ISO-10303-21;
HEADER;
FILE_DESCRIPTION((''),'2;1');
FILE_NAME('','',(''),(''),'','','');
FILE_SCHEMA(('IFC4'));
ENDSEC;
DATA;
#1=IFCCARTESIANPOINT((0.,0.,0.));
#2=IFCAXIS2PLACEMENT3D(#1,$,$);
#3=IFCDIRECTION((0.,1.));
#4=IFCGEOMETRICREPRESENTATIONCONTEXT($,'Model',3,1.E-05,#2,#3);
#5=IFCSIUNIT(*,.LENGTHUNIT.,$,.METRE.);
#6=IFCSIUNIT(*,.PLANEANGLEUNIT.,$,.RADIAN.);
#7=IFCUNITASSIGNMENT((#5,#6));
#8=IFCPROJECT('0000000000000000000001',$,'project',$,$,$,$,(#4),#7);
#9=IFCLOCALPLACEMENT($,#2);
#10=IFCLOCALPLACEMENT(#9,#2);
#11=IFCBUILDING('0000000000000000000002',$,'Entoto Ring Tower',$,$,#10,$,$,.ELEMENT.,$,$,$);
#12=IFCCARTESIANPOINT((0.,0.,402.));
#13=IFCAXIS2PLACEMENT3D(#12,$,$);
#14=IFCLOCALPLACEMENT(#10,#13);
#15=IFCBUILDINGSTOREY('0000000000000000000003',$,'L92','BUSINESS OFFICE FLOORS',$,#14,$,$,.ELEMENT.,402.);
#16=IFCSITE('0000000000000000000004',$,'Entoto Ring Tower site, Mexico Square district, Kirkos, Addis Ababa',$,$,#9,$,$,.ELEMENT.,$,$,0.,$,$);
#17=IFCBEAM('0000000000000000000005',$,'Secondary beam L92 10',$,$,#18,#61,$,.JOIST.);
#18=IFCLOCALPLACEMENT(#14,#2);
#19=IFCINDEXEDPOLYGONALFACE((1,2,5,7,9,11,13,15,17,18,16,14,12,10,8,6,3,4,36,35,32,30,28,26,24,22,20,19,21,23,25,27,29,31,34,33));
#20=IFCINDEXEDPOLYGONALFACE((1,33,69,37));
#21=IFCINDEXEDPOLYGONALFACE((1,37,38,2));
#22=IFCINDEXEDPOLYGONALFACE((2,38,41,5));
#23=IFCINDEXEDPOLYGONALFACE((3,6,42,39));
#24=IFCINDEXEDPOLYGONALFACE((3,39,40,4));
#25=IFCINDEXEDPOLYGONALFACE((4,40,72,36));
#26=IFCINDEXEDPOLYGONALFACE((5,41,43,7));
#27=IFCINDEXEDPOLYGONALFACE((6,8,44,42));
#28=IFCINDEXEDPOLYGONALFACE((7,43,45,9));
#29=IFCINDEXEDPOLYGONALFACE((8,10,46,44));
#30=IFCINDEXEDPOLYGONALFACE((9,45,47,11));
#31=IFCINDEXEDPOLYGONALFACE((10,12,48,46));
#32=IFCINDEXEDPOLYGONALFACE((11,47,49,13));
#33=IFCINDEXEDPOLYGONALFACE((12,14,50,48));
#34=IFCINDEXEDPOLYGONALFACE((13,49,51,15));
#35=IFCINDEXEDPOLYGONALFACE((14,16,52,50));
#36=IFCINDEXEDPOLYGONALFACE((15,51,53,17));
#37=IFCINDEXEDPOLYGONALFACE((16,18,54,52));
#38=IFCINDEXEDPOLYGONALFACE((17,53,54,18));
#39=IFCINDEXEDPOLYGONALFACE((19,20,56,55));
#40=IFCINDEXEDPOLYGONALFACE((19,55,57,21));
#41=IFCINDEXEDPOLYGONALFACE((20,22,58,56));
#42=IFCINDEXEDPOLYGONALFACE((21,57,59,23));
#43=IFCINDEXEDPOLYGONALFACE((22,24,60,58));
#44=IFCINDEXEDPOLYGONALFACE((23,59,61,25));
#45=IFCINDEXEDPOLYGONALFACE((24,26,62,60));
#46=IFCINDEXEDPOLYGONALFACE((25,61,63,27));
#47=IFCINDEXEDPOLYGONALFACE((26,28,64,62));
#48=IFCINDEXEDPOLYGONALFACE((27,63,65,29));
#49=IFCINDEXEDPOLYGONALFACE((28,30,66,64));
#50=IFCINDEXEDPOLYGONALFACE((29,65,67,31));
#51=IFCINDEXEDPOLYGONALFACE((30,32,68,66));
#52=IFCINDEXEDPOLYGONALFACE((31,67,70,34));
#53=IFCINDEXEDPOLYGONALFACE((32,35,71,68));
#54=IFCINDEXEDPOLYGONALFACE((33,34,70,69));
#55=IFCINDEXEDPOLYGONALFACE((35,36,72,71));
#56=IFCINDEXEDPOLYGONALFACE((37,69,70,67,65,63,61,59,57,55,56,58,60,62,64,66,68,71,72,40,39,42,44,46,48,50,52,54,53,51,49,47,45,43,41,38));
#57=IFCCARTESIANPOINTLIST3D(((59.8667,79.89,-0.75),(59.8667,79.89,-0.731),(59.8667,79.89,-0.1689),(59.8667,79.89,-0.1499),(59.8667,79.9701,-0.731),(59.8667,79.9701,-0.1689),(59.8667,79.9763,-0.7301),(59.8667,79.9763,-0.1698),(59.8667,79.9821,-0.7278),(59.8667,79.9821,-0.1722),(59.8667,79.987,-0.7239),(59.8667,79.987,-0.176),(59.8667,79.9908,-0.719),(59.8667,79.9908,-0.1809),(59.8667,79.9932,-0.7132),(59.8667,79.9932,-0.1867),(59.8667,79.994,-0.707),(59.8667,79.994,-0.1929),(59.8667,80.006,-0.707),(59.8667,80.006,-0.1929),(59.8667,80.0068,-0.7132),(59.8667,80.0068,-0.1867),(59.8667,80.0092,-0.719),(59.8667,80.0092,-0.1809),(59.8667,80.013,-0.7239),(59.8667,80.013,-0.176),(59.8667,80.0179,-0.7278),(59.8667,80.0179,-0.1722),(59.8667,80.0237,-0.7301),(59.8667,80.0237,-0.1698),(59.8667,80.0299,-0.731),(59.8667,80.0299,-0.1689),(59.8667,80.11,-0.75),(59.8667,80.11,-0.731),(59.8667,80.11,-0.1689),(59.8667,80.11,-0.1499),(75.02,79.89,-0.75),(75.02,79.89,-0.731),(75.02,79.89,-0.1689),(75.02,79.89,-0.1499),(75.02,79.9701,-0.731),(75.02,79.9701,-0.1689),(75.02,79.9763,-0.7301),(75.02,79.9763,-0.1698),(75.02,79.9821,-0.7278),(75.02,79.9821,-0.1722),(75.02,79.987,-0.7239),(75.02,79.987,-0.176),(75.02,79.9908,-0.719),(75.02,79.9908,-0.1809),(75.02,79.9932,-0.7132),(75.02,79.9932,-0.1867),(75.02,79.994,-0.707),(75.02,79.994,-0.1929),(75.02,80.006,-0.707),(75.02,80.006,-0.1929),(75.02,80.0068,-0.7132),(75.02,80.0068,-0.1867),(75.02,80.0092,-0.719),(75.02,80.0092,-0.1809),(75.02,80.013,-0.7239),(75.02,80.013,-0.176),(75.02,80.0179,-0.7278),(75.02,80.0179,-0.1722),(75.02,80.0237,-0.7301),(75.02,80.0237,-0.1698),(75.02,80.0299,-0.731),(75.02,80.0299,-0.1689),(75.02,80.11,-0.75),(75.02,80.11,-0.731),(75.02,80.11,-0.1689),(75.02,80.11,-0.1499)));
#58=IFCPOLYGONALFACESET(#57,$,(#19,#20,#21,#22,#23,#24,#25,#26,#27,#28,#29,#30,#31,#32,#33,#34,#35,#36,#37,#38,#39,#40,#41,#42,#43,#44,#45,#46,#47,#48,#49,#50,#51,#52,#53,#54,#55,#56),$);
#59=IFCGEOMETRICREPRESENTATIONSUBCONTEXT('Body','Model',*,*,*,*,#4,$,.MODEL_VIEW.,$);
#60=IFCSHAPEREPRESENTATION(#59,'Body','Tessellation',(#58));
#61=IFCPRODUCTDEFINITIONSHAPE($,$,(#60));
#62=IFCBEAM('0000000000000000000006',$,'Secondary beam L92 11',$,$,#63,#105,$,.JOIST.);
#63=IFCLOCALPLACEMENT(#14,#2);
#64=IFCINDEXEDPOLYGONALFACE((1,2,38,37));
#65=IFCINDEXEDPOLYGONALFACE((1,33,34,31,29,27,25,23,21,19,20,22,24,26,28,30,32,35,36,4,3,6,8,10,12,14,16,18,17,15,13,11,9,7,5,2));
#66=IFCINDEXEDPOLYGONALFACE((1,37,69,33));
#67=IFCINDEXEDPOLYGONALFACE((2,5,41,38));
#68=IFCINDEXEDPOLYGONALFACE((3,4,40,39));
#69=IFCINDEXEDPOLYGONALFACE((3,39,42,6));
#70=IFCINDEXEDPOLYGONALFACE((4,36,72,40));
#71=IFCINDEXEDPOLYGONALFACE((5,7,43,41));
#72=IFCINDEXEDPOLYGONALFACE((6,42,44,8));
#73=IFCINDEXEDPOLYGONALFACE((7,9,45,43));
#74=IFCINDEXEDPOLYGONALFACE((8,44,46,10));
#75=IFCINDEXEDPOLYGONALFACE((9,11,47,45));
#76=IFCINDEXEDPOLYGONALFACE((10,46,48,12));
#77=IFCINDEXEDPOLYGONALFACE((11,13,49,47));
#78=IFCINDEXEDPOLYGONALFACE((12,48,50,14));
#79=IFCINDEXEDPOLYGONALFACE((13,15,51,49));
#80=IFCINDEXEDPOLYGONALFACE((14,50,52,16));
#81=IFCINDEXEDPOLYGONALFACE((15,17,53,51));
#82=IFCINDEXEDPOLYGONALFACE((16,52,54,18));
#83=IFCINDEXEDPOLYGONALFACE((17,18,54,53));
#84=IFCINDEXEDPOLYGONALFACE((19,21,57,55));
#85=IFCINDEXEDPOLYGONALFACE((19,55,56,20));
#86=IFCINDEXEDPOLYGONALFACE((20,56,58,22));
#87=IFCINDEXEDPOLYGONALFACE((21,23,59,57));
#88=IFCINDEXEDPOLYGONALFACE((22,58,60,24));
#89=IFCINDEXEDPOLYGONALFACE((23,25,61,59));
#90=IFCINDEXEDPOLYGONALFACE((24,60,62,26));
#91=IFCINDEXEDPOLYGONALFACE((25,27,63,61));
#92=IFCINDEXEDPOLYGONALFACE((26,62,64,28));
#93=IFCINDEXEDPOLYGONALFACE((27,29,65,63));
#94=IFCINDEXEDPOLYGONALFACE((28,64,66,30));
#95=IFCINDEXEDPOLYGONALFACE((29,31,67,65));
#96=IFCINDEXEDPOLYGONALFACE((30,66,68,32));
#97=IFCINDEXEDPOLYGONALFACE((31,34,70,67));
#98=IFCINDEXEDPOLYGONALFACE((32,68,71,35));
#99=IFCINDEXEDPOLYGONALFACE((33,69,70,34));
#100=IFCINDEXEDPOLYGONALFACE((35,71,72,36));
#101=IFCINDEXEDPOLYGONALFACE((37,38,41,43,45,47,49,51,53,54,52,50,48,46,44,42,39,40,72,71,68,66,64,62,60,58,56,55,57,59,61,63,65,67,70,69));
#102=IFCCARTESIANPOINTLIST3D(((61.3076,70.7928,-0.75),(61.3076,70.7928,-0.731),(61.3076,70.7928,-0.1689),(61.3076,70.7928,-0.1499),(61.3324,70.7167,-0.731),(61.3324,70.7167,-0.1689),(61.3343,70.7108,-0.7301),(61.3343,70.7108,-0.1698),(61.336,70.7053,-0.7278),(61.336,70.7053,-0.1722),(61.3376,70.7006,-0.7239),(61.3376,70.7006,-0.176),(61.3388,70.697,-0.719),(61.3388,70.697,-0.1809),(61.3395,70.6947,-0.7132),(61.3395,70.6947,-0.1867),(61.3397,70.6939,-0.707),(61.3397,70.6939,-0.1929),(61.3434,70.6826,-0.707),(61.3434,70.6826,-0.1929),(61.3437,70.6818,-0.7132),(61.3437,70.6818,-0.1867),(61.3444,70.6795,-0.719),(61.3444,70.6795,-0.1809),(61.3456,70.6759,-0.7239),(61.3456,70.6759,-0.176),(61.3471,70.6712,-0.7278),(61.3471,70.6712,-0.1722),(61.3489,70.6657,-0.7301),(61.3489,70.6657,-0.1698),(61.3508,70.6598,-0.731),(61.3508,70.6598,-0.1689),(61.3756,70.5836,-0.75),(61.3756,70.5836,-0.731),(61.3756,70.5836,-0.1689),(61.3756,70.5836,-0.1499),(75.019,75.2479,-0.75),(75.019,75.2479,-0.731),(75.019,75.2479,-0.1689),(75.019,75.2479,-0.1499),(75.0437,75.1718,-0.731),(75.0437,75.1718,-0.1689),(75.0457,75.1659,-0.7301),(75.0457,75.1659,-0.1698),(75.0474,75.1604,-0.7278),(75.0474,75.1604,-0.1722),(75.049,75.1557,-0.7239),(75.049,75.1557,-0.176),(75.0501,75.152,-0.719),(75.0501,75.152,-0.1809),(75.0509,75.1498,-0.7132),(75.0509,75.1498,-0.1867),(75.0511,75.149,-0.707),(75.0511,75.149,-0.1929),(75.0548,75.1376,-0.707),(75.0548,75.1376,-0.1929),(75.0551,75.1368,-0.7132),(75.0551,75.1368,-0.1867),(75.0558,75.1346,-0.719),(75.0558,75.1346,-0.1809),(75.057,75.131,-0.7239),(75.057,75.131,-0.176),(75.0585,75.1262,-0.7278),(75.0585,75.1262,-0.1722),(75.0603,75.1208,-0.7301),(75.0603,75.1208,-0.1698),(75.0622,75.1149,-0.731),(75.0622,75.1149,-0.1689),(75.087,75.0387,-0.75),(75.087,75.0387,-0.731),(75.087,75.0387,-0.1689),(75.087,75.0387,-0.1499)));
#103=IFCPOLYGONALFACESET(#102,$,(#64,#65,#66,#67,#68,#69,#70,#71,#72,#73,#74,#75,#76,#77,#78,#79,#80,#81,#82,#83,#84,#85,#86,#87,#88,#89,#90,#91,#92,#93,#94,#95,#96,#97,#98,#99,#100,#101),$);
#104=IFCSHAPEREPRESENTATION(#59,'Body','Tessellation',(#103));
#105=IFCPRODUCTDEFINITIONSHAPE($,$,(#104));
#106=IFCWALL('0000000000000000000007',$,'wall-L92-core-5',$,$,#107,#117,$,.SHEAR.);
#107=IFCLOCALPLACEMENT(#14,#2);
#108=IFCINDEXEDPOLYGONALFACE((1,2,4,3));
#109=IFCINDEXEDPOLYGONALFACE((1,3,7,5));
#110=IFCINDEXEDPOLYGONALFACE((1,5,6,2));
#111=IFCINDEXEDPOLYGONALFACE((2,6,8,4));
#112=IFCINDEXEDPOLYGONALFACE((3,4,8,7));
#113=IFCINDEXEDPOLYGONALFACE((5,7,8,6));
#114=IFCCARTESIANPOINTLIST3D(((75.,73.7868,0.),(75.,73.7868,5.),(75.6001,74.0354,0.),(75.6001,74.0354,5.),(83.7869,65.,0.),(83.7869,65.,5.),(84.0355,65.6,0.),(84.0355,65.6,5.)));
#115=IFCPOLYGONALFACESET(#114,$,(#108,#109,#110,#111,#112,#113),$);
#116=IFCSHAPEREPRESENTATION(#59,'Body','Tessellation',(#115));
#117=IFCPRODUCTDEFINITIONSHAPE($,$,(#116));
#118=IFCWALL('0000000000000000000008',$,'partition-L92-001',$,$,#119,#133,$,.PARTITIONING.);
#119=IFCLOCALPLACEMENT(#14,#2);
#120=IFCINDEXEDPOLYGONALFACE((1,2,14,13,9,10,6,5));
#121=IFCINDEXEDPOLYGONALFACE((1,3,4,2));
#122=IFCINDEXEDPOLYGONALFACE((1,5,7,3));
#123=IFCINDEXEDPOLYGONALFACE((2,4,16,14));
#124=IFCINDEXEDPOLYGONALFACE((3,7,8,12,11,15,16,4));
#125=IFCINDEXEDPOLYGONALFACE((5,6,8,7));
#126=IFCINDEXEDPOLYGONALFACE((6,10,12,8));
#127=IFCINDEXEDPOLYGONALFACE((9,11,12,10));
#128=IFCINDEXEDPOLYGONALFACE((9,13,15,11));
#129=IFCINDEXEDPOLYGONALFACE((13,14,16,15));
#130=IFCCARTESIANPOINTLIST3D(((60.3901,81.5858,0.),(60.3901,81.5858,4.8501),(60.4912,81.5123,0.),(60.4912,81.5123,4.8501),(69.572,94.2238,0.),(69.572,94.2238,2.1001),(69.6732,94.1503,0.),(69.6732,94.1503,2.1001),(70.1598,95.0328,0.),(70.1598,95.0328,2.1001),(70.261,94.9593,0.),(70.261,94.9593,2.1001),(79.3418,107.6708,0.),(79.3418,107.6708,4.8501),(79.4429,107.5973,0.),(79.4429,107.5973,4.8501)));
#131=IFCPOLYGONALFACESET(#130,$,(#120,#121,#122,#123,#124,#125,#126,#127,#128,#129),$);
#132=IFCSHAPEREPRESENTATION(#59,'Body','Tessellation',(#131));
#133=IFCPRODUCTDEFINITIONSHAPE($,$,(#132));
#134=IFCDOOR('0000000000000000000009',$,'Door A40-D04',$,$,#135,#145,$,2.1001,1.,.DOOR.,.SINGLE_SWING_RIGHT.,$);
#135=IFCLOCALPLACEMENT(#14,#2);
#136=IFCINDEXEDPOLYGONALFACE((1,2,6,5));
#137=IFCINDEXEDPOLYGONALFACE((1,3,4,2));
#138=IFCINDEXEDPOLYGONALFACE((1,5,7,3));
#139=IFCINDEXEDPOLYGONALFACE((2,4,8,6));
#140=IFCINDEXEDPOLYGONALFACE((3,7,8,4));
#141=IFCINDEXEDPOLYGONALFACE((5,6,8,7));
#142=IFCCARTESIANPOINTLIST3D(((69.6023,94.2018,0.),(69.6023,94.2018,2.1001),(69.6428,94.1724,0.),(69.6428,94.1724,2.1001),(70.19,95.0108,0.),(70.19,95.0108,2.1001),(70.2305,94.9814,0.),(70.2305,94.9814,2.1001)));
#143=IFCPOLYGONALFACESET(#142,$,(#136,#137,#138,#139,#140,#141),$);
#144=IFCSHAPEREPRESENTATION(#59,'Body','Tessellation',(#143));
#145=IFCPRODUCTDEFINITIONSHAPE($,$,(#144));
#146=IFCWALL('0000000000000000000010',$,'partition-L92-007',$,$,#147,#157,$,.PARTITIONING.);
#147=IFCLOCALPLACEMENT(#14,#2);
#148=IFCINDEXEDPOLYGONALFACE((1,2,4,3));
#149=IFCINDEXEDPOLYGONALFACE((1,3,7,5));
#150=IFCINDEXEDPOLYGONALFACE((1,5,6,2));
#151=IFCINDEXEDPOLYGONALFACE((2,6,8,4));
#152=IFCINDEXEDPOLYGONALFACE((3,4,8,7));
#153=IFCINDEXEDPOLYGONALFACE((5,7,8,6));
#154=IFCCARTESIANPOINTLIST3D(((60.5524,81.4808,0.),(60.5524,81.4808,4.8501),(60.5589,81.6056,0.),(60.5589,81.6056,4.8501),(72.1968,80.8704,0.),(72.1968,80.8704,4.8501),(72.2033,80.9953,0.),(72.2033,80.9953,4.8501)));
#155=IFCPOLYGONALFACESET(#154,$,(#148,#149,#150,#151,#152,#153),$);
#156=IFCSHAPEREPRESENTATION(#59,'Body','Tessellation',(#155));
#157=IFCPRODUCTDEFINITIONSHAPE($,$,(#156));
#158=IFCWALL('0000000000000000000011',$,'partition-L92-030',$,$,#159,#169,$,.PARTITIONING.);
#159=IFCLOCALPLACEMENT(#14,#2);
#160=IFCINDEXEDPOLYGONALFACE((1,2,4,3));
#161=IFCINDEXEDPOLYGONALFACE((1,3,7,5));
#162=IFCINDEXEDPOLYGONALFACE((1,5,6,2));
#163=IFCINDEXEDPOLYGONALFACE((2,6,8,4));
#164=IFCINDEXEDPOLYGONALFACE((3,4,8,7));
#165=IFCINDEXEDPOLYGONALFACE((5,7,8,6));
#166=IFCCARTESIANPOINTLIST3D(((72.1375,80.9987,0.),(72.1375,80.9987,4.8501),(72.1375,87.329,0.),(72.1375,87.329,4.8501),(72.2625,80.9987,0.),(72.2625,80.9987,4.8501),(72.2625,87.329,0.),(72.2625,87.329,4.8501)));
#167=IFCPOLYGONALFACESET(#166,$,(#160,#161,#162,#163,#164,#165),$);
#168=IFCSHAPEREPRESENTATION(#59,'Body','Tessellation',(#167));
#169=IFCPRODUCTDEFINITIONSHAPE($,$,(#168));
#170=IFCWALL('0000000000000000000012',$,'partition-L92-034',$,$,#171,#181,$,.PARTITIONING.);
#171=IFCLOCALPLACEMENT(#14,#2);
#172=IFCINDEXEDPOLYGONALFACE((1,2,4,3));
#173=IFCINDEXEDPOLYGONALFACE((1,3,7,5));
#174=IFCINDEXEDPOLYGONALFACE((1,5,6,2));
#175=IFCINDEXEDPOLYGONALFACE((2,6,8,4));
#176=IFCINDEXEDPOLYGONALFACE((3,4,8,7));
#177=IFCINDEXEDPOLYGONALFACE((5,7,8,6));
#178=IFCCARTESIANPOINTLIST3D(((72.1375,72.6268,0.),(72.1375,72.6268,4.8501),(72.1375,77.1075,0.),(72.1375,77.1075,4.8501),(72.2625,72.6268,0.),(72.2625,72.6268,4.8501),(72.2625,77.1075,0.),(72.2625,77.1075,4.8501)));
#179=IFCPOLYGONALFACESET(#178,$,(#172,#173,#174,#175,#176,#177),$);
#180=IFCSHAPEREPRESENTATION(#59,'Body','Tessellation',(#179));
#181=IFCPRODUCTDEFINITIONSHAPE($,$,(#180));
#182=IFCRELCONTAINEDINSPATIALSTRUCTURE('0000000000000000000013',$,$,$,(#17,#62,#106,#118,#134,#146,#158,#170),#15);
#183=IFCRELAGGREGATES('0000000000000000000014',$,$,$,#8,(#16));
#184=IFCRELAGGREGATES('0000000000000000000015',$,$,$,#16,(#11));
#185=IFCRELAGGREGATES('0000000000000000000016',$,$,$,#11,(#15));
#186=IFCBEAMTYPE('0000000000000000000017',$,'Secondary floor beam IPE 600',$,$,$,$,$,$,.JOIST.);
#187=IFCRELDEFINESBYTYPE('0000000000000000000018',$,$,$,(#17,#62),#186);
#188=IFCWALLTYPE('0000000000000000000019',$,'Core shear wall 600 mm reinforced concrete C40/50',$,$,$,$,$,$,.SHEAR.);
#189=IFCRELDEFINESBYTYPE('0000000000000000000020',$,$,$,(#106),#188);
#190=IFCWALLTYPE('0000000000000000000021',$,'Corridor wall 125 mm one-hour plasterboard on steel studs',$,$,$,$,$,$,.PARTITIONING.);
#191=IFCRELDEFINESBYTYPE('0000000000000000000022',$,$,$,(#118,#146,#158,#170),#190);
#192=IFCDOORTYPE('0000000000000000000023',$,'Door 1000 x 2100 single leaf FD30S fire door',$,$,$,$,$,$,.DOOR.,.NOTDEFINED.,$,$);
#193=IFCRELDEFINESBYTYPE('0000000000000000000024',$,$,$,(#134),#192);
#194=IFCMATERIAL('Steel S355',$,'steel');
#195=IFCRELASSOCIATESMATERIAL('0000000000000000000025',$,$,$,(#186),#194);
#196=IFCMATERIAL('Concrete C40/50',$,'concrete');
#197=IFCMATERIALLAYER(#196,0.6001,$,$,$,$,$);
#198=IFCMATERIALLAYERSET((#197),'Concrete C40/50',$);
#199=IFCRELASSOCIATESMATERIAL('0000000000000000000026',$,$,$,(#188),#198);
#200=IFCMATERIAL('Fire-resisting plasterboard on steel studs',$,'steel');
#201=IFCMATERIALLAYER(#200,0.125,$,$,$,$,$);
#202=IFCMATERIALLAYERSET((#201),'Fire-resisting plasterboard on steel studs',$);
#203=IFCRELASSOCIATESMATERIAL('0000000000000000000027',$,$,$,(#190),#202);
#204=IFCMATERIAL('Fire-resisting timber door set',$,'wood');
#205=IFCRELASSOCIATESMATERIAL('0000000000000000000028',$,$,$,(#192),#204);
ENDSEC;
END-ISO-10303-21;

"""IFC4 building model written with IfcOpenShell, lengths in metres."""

from ifc_helpers import new_model, si_unit, direction, frame, frame_2d, origin, origin_2d, place, context, subcontext, project, spatial, polyline, rectangle, i_section, outline, extrude, material, layer, layer_set, material_profile, profile_set, type_object, element, fill, save


model = new_model("IFC4")

# Units and contexts
model_context = context("Model", 3, precision=1e-05, world=origin(), true_north=direction((0.0, 1.0)))
body_context = subcontext(model_context, "Body", "Model", "MODEL_VIEW")
ifc_project = project(units=[si_unit("LENGTHUNIT", "METRE"), si_unit("PLANEANGLEUNIT", "RADIAN")], contexts=[model_context])

# Site, building, storey
site_placement = place(None, origin())
site = spatial("IfcSite", under=ifc_project, at=site_placement, Name="Entoto Ring Tower site, Mexico Square district, Kirkos, Addis Ababa", CompositionType="ELEMENT", RefElevation=0.0)
building_placement = place(site_placement, origin())
building = spatial("IfcBuilding", under=site, at=building_placement, Name="Entoto Ring Tower", CompositionType="ELEMENT")
storey_placement = place(building_placement, frame((0.0, 0.0, 402.0)))
storey = spatial("IfcBuildingStorey", under=building, at=storey_placement, Name="L92", Description="BUSINESS OFFICE FLOORS", CompositionType="ELEMENT", Elevation=402.0)

# Beams
ifc_material_1 = material(Name="Steel S355", Category="steel")
ifc_material_profile_1 = material_profile(ifc_material_1, i_section(OverallWidth=0.22, OverallDepth=0.6001, WebThickness=0.012, FlangeThickness=0.019, FilletRadius=0.0239, at=origin_2d()), Name="IPE 600")
ifc_profile_set_1 = profile_set([ifc_material_profile_1], Name="Steel S355")
beam_type_1 = type_object("IfcBeamType", Name="Secondary floor beam IPE 600", PredefinedType="JOIST", material=ifc_profile_set_1)
beam_1_placement = place(storey_placement, frame((75.02, 80.0, -0.45), z_axis=(-1.0, 0.0, 0.0), x_axis=(0.0, -1.0, 0.0)))
element("IfcBeam", 1, at=beam_1_placement, inside=storey, type_object=beam_type_1, Name="Secondary beam L92 10", PredefinedType="JOIST", context=body_context, shape_type="SweptSolid", body=[
    extrude(i_section(OverallWidth=0.22, OverallDepth=0.6001, WebThickness=0.012, FlangeThickness=0.019, FilletRadius=0.0239, at=origin_2d()), origin(), (0.0, 0.0, 1.0), 15.1533),
])
beam_2_placement = place(storey_placement, frame((75.053, 75.1433, -0.45), z_axis=(-0.951057, -0.309015, 0.0), x_axis=(0.309015, -0.951057, 0.0)))
element("IfcBeam", 2, at=beam_2_placement, inside=storey, type_object=beam_type_1, Name="Secondary beam L92 11", PredefinedType="JOIST", context=body_context, shape_type="SweptSolid", body=[
    extrude(i_section(OverallWidth=0.22, OverallDepth=0.6001, WebThickness=0.012, FlangeThickness=0.019, FilletRadius=0.0239, at=origin_2d()), origin(), (0.0, 0.0, 1.0), 14.417),
])

# Wall
ifc_material_2 = material(Name="Concrete C40/50", Category="concrete")
ifc_layer_1 = layer(ifc_material_2, 0.6001)
ifc_layer_set_1 = layer_set([ifc_layer_1], Name="Concrete C40/50")
wall_type_1 = type_object("IfcWallType", Name="Core shear wall 600 mm reinforced concrete C40/50", PredefinedType="SHEAR", material=ifc_layer_set_1)
wall_1_placement = place(storey_placement, frame((75.3, 73.9111, 0.0), z_axis=(0.0, 0.0, 1.0), x_axis=(0.707107, -0.707107, 0.0)))
element("IfcWall", 3, at=wall_1_placement, inside=storey, type_object=wall_type_1, Name="wall-L92-core-5", PredefinedType="SHEAR", context=body_context, shape_type="SweptSolid", body=[
    extrude(outline(polyline([(-0.1243, -0.3), (12.3022, -0.3), (12.0537, 0.3), (0.1243, 0.3), (-0.1243, -0.3)])), origin(), (0.0, 0.0, 1.0), 5.0),
])

# Wall, opening, door
ifc_material_3 = material(Name="Fire-resisting plasterboard on steel studs", Category="steel")
ifc_layer_2 = layer(ifc_material_3, 0.125)
ifc_layer_set_2 = layer_set([ifc_layer_2], Name="Fire-resisting plasterboard on steel studs")
wall_type_2 = type_object("IfcWallType", Name="Corridor wall 125 mm one-hour plasterboard on steel studs", PredefinedType="PARTITIONING", material=ifc_layer_set_2)
wall_2_placement = place(storey_placement, frame((60.4407, 81.5491, 0.0), z_axis=(0.0, 0.0, 1.0), x_axis=(0.587782, 0.80902, 0.0)))
wall_2 = element("IfcWall", 4, at=wall_2_placement, inside=storey, type_object=wall_type_2, Name="partition-L92-001", PredefinedType="PARTITIONING", context=body_context, shape_type="SweptSolid", body=[
    extrude(rectangle(XDim=32.2427, YDim=0.125, at=frame_2d((16.1213, 0.0))), origin(), (0.0, 0.0, 1.0), 4.8501),
])
opening_1_placement = place(wall_2_placement, frame((15.6213, 0.0, 0.0)))
opening_1 = element("IfcOpeningElement", 5, at=opening_1_placement, cuts=wall_2, PredefinedType="OPENING", context=body_context, shape_type="SweptSolid", body=[
    extrude(rectangle(XDim=1.0, YDim=2.1001, at=frame_2d((0.5, 1.05))), frame((0.0, 0.0725, 0.0), z_axis=(0.0, -1.0, 0.0), x_axis=(1.0, 0.0, 0.0)), (0.0, 0.0, 1.0), 0.145),
])
ifc_material_4 = material(Name="Fire-resisting timber door set", Category="wood")
door_type_1 = type_object("IfcDoorType", Name="Door 1000 x 2100 single leaf FD30S fire door", OperationType="NOTDEFINED", PredefinedType="DOOR", material=ifc_material_4)
door_1_placement = place(opening_1_placement, frame((1.0, 0.0, 0.0), z_axis=(0.0, 0.0, 1.0), x_axis=(-1.0, 0.0, 0.0)))
door_1 = element("IfcDoor", 6, at=door_1_placement, inside=storey, type_object=door_type_1, Name="Door A40-D04", OperationType="SINGLE_SWING_RIGHT", OverallHeight=2.1001, OverallWidth=1.0, PredefinedType="DOOR", context=body_context, shape_type="SweptSolid", body=[
    extrude(rectangle(XDim=1.0, YDim=2.1001, at=frame_2d((0.5, 1.05))), frame((0.0, 0.0249, 0.0), z_axis=(0.0, -1.0, 0.0), x_axis=(1.0, 0.0, 0.0)), (0.0, 0.0, 1.0), 0.05),
])
fill(opening_1, door_1)

# Walls
wall_3_placement = place(storey_placement, frame((72.2, 80.9329, 0.0), z_axis=(0.0, 0.0, 1.0), x_axis=(-0.998629, 0.052343, 0.0)))
element("IfcWall", 7, at=wall_3_placement, inside=storey, type_object=wall_type_2, Name="partition-L92-007", PredefinedType="PARTITIONING", context=body_context, shape_type="SweptSolid", body=[
    extrude(rectangle(XDim=11.6604, YDim=0.125, at=frame_2d((5.8301, 0.0))), origin(), (0.0, 0.0, 1.0), 4.8501),
])
wall_4_placement = place(storey_placement, frame((72.2, 80.9988, 0.0), z_axis=(0.0, 0.0, 1.0), x_axis=(0.0, 1.0, 0.0)))
element("IfcWall", 8, at=wall_4_placement, inside=storey, type_object=wall_type_2, Name="partition-L92-030", PredefinedType="PARTITIONING", context=body_context, shape_type="SweptSolid", body=[
    extrude(rectangle(XDim=6.3303, YDim=0.125, at=frame_2d((3.165, 0.0))), origin(), (0.0, 0.0, 1.0), 4.8501),
])
wall_5_placement = place(storey_placement, frame((72.2, 72.627, 0.0), z_axis=(0.0, 0.0, 1.0), x_axis=(0.0, 1.0, 0.0)))
element("IfcWall", 9, at=wall_5_placement, inside=storey, type_object=wall_type_2, Name="partition-L92-034", PredefinedType="PARTITIONING", context=body_context, shape_type="SweptSolid", body=[
    extrude(rectangle(XDim=4.4807, YDim=0.125, at=frame_2d((2.2402, 0.0))), origin(), (0.0, 0.0, 1.0), 4.8501),
])

save(model, "model.ifc")
